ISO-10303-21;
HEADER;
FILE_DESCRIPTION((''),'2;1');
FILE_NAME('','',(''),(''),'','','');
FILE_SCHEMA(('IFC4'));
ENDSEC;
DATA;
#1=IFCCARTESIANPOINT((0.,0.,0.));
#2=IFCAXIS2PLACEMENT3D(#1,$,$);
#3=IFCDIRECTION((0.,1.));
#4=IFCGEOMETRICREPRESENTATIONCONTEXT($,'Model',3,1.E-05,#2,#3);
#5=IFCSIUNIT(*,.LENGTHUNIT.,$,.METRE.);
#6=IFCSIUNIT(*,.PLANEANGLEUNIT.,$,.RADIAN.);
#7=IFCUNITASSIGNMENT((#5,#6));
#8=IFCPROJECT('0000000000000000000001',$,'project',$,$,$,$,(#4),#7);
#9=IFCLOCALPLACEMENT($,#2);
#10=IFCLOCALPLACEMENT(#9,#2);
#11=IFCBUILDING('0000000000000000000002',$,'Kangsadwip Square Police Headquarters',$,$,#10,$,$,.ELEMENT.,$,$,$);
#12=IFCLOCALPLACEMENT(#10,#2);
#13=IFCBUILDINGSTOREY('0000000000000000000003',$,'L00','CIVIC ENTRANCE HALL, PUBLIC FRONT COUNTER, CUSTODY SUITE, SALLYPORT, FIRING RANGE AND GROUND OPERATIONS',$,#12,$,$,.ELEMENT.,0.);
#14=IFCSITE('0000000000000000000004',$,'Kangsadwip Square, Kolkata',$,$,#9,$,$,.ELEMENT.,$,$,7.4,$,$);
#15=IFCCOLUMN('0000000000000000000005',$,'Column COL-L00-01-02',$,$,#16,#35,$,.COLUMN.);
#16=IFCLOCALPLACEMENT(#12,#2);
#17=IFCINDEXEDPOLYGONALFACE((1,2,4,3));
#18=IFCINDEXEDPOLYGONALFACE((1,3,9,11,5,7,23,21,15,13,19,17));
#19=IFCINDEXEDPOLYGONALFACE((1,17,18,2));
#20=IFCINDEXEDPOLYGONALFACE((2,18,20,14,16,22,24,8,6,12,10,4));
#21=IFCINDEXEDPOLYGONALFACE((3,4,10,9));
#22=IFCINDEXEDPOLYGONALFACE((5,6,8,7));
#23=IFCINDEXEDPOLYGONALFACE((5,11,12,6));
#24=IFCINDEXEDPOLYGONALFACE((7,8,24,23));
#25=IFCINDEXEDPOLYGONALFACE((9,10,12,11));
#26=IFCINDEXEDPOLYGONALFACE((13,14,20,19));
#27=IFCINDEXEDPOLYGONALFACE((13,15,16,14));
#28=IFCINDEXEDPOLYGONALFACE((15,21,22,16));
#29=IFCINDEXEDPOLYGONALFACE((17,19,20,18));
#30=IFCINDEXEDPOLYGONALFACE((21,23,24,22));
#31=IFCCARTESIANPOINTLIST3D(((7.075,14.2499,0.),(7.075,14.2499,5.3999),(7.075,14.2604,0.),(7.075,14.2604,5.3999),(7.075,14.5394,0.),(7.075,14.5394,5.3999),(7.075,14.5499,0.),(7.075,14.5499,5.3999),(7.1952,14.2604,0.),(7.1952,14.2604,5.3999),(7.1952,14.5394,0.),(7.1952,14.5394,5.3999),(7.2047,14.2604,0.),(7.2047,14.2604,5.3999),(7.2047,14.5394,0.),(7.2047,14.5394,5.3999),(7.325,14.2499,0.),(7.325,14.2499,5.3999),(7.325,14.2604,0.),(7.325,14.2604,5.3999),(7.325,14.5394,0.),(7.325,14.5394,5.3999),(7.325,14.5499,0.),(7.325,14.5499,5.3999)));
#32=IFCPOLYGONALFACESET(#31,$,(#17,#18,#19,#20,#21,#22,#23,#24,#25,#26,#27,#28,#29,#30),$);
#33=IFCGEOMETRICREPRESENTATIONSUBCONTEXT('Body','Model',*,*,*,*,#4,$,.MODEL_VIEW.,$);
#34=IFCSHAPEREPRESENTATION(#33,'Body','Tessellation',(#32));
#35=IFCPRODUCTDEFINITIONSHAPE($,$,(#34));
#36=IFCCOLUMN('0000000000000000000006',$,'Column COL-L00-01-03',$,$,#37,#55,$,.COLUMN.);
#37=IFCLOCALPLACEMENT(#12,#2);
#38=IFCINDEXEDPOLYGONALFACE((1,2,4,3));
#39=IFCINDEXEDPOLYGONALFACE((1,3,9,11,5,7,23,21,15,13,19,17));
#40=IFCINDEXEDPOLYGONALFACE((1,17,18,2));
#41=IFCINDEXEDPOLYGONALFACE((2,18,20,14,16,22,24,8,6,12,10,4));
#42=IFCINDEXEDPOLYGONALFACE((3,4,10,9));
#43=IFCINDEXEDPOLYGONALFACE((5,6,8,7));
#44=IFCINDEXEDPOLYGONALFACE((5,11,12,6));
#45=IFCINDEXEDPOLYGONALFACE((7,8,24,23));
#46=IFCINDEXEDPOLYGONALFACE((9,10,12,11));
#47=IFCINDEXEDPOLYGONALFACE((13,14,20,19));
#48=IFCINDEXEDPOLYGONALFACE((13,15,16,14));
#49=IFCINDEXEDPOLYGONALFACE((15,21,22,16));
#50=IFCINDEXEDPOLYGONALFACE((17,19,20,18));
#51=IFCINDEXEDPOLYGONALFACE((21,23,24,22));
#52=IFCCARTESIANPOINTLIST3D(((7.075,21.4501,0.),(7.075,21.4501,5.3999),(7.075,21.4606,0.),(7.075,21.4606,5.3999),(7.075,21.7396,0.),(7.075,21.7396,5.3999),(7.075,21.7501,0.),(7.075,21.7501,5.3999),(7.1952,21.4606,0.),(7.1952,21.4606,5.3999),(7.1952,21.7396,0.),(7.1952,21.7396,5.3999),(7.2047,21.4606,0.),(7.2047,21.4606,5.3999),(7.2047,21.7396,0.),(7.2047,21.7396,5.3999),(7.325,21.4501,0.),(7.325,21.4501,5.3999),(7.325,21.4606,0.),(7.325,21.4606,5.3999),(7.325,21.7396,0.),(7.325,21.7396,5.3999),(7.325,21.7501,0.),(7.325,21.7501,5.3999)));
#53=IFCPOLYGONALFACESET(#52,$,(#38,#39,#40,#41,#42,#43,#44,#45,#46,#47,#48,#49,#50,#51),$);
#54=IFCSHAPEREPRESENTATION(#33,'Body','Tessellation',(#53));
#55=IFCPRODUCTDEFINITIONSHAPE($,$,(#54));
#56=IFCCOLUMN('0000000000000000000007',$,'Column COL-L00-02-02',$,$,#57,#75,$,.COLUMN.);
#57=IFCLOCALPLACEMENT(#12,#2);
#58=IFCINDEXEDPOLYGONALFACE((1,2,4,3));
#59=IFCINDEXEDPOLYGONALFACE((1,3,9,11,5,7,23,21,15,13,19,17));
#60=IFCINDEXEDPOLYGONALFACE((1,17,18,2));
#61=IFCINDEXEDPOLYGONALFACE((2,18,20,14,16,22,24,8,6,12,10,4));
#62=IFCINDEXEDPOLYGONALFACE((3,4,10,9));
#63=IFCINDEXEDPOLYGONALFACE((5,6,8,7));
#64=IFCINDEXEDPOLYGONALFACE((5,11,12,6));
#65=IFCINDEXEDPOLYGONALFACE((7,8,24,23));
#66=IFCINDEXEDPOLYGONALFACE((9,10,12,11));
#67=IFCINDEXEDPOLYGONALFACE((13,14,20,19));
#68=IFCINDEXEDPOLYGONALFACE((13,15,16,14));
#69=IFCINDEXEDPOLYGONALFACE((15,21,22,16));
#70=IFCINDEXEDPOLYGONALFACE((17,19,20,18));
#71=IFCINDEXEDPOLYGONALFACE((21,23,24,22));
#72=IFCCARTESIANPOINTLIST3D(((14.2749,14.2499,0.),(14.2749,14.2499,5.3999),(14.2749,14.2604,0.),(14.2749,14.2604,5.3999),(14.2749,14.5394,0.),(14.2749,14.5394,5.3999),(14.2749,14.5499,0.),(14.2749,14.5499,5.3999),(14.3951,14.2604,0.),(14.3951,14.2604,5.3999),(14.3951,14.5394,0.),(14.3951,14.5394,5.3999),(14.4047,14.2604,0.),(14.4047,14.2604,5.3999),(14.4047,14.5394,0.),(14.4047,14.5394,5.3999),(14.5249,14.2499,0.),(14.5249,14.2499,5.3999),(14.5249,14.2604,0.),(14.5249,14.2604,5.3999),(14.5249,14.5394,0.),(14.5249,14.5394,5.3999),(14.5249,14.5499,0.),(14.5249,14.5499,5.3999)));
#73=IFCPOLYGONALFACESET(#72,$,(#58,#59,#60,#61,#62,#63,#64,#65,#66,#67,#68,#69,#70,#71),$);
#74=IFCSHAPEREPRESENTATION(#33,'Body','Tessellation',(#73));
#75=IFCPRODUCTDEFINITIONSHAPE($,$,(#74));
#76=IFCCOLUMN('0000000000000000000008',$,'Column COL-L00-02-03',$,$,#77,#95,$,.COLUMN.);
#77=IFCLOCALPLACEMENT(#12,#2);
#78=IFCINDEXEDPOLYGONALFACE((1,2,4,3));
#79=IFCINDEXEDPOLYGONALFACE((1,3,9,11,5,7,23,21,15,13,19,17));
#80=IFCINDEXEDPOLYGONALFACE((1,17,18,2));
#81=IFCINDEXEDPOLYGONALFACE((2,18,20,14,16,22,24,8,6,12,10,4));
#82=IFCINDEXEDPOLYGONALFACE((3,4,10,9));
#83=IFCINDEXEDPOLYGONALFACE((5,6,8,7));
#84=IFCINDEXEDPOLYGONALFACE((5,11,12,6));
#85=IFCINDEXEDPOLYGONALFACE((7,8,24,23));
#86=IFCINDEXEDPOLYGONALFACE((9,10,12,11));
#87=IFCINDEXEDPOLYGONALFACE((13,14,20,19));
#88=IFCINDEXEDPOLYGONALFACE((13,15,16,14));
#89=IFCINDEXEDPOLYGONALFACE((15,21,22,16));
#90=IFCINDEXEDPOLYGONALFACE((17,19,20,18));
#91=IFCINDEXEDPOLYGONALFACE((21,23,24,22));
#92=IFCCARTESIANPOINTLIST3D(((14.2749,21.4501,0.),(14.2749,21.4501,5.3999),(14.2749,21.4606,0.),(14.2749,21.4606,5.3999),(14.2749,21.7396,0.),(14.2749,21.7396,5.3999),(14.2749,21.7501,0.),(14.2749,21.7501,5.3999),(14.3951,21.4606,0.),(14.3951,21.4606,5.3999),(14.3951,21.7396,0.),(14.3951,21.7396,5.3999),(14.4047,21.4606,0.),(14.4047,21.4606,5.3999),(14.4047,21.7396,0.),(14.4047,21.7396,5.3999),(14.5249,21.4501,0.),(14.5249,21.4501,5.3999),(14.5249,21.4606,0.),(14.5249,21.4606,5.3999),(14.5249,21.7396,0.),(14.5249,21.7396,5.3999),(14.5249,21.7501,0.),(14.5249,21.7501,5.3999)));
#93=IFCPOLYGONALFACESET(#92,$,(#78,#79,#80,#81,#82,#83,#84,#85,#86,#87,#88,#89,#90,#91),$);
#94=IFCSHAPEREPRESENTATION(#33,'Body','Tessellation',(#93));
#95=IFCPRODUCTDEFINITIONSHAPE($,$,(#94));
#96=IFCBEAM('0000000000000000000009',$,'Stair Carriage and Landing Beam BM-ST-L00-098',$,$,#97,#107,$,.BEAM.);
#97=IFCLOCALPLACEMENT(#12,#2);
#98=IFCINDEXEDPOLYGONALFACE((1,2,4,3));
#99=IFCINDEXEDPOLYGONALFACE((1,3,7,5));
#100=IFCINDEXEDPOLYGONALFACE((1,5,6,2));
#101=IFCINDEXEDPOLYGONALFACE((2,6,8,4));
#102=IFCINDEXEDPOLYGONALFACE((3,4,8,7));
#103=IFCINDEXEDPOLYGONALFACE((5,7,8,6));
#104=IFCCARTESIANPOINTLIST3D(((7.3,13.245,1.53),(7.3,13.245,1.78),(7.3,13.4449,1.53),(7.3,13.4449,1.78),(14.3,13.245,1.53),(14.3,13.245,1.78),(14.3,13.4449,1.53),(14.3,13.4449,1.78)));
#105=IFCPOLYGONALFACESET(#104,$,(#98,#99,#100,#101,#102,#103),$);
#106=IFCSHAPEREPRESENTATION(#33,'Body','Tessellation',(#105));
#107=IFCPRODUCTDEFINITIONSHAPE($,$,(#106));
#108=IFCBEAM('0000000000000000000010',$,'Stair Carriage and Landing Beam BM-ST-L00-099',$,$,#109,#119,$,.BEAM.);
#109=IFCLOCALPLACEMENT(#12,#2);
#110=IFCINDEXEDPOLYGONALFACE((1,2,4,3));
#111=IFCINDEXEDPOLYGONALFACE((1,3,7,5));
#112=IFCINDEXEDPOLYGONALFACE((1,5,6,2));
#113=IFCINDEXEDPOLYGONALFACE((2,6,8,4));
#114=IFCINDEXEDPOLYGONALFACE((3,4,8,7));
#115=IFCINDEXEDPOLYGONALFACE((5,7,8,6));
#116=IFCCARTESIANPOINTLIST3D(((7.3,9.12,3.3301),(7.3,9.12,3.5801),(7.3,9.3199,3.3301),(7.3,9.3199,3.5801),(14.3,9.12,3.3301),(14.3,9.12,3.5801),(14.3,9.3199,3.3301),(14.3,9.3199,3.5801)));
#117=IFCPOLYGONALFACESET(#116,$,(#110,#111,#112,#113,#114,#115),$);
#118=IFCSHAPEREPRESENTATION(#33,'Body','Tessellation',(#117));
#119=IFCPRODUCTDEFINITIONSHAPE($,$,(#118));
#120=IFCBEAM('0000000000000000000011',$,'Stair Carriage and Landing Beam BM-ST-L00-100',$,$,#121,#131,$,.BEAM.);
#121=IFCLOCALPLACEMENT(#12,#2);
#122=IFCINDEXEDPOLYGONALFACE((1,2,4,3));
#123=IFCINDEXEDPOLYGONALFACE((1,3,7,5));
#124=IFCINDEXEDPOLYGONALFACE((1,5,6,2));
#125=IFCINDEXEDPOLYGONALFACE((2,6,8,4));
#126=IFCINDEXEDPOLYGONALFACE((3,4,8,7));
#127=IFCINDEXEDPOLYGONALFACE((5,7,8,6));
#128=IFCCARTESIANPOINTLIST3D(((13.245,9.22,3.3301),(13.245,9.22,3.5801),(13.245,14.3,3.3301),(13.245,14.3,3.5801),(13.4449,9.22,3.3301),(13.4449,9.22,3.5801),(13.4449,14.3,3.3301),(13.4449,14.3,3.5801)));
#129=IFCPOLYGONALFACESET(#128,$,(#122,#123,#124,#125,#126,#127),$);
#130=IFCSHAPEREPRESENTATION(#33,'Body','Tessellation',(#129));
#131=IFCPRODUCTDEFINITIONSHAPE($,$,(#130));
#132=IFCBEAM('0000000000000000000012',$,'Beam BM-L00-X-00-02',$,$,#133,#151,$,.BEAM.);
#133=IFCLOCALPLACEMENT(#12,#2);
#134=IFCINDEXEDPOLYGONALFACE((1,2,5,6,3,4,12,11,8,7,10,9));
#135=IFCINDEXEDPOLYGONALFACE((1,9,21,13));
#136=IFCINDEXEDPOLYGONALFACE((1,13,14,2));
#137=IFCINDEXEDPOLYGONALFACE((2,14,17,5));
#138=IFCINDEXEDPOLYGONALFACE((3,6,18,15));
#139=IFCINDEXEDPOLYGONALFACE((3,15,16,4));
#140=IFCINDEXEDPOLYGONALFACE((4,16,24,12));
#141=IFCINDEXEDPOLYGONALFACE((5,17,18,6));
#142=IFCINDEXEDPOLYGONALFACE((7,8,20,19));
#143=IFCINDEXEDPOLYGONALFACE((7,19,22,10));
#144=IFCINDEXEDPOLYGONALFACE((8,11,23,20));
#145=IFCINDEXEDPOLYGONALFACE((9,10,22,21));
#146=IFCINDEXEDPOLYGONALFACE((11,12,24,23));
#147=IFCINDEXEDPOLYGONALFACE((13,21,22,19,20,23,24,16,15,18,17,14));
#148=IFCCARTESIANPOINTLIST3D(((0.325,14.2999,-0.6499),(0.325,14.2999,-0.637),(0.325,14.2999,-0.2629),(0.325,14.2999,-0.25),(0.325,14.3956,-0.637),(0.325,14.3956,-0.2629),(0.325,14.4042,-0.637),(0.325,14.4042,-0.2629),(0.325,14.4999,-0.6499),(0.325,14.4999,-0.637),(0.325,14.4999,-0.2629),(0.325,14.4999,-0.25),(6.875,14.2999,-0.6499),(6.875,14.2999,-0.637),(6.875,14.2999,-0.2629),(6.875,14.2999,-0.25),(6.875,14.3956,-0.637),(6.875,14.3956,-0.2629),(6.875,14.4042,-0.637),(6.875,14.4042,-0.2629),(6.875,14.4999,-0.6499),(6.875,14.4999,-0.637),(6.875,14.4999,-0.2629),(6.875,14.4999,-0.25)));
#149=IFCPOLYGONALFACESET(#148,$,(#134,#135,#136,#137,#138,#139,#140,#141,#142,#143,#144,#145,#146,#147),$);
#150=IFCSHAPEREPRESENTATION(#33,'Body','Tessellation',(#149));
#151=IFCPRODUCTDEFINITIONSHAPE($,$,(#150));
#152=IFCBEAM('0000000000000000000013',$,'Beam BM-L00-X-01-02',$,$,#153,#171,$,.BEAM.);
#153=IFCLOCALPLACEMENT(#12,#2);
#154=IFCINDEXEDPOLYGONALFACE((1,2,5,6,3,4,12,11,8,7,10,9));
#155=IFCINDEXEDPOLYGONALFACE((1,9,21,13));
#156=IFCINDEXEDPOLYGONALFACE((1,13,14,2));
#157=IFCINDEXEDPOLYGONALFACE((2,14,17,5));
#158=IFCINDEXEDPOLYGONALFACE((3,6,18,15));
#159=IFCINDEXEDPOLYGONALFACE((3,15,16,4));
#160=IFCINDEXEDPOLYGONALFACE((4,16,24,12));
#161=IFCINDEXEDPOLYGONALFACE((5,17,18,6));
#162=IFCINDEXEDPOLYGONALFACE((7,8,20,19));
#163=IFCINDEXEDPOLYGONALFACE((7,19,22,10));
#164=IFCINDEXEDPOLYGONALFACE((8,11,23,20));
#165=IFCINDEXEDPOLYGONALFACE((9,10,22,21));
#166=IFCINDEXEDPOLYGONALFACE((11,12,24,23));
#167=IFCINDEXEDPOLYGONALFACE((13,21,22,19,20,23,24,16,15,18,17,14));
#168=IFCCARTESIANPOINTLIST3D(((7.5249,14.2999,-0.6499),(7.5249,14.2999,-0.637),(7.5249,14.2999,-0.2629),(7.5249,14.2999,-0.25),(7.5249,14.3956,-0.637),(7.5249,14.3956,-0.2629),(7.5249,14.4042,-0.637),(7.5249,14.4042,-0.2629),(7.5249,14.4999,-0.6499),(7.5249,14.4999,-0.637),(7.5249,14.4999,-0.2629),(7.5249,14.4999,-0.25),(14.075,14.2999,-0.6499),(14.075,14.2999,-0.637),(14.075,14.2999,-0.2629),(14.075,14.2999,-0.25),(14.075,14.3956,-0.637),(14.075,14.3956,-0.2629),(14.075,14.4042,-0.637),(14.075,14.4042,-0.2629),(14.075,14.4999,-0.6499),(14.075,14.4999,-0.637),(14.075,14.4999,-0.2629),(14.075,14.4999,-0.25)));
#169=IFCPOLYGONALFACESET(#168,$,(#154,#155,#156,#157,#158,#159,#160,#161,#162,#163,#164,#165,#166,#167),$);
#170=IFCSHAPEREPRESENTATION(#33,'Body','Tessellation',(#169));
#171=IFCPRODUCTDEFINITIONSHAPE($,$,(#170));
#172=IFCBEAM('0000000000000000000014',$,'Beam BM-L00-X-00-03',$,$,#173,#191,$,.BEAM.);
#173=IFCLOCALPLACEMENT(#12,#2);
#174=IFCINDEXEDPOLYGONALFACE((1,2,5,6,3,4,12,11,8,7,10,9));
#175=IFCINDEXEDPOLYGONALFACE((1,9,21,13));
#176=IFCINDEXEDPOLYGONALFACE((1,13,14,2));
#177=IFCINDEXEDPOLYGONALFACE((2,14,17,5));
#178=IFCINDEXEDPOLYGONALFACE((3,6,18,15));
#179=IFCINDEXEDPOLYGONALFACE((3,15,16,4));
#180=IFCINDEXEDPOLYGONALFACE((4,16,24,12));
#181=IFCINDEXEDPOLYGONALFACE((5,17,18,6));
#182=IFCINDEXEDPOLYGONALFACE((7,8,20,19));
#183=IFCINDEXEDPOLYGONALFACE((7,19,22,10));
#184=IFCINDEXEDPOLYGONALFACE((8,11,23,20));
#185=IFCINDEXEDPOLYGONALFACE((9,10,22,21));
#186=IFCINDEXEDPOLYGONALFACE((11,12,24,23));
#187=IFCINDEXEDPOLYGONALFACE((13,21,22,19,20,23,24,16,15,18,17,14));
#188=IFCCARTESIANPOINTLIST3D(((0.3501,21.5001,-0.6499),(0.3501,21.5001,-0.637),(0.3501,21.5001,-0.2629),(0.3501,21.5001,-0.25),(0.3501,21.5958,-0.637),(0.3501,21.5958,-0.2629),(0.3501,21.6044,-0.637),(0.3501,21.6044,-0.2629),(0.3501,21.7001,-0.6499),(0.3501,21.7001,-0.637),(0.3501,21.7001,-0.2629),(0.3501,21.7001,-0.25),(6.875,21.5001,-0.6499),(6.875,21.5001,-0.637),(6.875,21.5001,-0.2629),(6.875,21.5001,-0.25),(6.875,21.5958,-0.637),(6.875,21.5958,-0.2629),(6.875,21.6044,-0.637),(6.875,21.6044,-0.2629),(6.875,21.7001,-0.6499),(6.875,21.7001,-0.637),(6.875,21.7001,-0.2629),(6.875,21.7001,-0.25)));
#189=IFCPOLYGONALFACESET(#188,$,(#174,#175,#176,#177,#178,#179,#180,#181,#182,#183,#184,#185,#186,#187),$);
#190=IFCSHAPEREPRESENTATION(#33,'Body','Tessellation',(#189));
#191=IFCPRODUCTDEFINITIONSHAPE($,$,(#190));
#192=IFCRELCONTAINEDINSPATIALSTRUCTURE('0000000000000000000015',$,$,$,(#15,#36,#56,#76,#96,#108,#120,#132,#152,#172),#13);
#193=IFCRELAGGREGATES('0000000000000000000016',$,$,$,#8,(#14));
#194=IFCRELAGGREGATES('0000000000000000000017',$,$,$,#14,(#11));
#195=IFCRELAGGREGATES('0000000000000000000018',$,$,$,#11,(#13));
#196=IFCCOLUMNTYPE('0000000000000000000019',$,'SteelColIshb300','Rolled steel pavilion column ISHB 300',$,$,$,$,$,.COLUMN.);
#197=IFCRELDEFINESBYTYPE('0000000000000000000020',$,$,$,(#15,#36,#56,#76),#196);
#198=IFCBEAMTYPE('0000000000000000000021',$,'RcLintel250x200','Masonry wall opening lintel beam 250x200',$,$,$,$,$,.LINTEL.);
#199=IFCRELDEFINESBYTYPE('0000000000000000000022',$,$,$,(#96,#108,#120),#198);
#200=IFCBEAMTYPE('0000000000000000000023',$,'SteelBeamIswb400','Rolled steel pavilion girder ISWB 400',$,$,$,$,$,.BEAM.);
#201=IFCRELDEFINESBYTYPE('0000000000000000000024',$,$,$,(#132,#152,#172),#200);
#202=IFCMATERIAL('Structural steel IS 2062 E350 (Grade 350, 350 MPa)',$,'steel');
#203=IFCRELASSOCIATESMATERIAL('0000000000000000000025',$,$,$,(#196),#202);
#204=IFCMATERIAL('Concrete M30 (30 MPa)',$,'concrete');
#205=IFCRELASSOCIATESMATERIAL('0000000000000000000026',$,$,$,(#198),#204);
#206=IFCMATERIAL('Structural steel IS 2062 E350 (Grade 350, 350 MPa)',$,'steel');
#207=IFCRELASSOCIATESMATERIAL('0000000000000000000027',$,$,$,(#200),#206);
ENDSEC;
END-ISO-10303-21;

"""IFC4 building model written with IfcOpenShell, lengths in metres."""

from ifc_helpers import new_model, si_unit, direction, frame, origin, origin_2d, place, context, subcontext, project, spatial, rectangle, i_section, extrude, material, material_profile, profile_set, type_object, element, save


model = new_model("IFC4")

# Units and contexts
model_context = context("Model", 3, precision=1e-05, world=origin(), true_north=direction((0.0, 1.0)))
body_context = subcontext(model_context, "Body", "Model", "MODEL_VIEW")
ifc_project = project(units=[si_unit("LENGTHUNIT", "METRE"), si_unit("PLANEANGLEUNIT", "RADIAN")], contexts=[model_context])

# Site, building, storey
site_placement = place(None, origin())
site = spatial("IfcSite", under=ifc_project, at=site_placement, Name="Kangsadwip Square, Kolkata", CompositionType="ELEMENT", RefElevation=7.4)
building_placement = place(site_placement, origin())
building = spatial("IfcBuilding", under=site, at=building_placement, Name="Kangsadwip Square Police Headquarters", CompositionType="ELEMENT")
storey_placement = place(building_placement, origin())
storey = spatial("IfcBuildingStorey", under=building, at=storey_placement, Name="L00", Description="CIVIC ENTRANCE HALL, PUBLIC FRONT COUNTER, CUSTODY SUITE, SALLYPORT, FIRING RANGE AND GROUND OPERATIONS", CompositionType="ELEMENT", Elevation=0.0)

# Columns
ifc_material_1 = material(Name="Structural steel IS 2062 E350 (Grade 350, 350 MPa)", Category="steel")
ifc_material_profile_1 = material_profile(ifc_material_1, i_section(OverallWidth=0.25, OverallDepth=0.3, WebThickness=0.0095, FlangeThickness=0.0105, at=origin_2d()), Name="ISHB 300")
ifc_profile_set_1 = profile_set([ifc_material_profile_1], Name="Structural steel IS 2062 E350 (Grade 350, 350 MPa)")
column_type = type_object("IfcColumnType", Name="SteelColIshb300", Description="Rolled steel pavilion column ISHB 300", PredefinedType="COLUMN", material=ifc_profile_set_1)
for number, where, z_axis, x_axis, name in (
    (1, (7.2, 14.3999, 0.0), (0.0, 0.0, 1.0), (1.0, 0.0, 0.0), "Column COL-L00-01-02"),
    (2, (7.2, 21.6001, 0.0), (0.0, 0.0, 1.0), (1.0, 0.0, 0.0), "Column COL-L00-01-03"),
    (3, (14.3999, 14.3999, 0.0), (0.0, 0.0, 1.0), (1.0, 0.0, 0.0), "Column COL-L00-02-02"),
    (4, (14.3999, 21.6001, 0.0), (0.0, 0.0, 1.0), (1.0, 0.0, 0.0), "Column COL-L00-02-03"),
):
    element("IfcColumn", number, at=place(storey_placement, frame(where, z_axis=z_axis, x_axis=x_axis)), inside=storey, type_object=column_type, Name=name, PredefinedType="COLUMN", context=body_context, shape_type="SweptSolid", body=[
        extrude(i_section(OverallWidth=0.25, OverallDepth=0.3, WebThickness=0.0095, FlangeThickness=0.0105, at=origin_2d()), origin(), (0.0, 0.0, 1.0), 5.3999),
    ])

# Beams
ifc_material_2 = material(Name="Concrete M30 (30 MPa)", Category="concrete")
ifc_material_profile_2 = material_profile(ifc_material_2, rectangle(XDim=0.2, YDim=0.25, at=origin_2d()), Name="RC LNT 250X200")
ifc_profile_set_2 = profile_set([ifc_material_profile_2], Name="Concrete M30 (30 MPa)")
beam_type_1 = type_object("IfcBeamType", Name="RcLintel250x200", Description="Masonry wall opening lintel beam 250x200", PredefinedType="LINTEL", material=ifc_profile_set_2)
for number, where, z_axis, x_axis, name in (
    (5, (7.3, 13.345, 1.655), (1.0, 0.0, 0.0), (0.0, 1.0, 0.0), "Stair Carriage and Landing Beam BM-ST-L00-098"),
    (6, (7.3, 9.22, 3.4551), (1.0, 0.0, 0.0), (0.0, 1.0, 0.0), "Stair Carriage and Landing Beam BM-ST-L00-099"),
):
    element("IfcBeam", number, at=place(storey_placement, frame(where, z_axis=z_axis, x_axis=x_axis)), inside=storey, type_object=beam_type_1, Name=name, PredefinedType="BEAM", context=body_context, shape_type="SweptSolid", body=[
        extrude(rectangle(XDim=0.2, YDim=0.25, at=origin_2d()), origin(), (0.0, 0.0, 1.0), 7.0),
    ])
beam_1_placement = place(storey_placement, frame((13.345, 9.22, 3.4551), z_axis=(0.0, 1.0, 0.0), x_axis=(-1.0, 0.0, 0.0)))
element("IfcBeam", 7, at=beam_1_placement, inside=storey, type_object=beam_type_1, Name="Stair Carriage and Landing Beam BM-ST-L00-100", PredefinedType="BEAM", context=body_context, shape_type="SweptSolid", body=[
    extrude(rectangle(XDim=0.2, YDim=0.25, at=origin_2d()), origin(), (0.0, 0.0, 1.0), 5.0801),
])
ifc_material_3 = material(Name="Structural steel IS 2062 E350 (Grade 350, 350 MPa)", Category="steel")
ifc_material_profile_3 = material_profile(ifc_material_3, i_section(OverallWidth=0.2, OverallDepth=0.3999, WebThickness=0.0085, FlangeThickness=0.0129, at=origin_2d()), Name="ISWB 400")
ifc_profile_set_3 = profile_set([ifc_material_profile_3], Name="Structural steel IS 2062 E350 (Grade 350, 350 MPa)")
beam_type_2 = type_object("IfcBeamType", Name="SteelBeamIswb400", Description="Rolled steel pavilion girder ISWB 400", PredefinedType="BEAM", material=ifc_profile_set_3)
for number, where, z_axis, x_axis, name in (
    (8, (0.325, 14.3999, -0.45), (1.0, 0.0, 0.0), (0.0, 1.0, 0.0), "Beam BM-L00-X-00-02"),
    (9, (7.5249, 14.3999, -0.45), (1.0, 0.0, 0.0), (0.0, 1.0, 0.0), "Beam BM-L00-X-01-02"),
):
    element("IfcBeam", number, at=place(storey_placement, frame(where, z_axis=z_axis, x_axis=x_axis)), inside=storey, type_object=beam_type_2, Name=name, PredefinedType="BEAM", context=body_context, shape_type="SweptSolid", body=[
        extrude(i_section(OverallWidth=0.2, OverallDepth=0.3999, WebThickness=0.0085, FlangeThickness=0.0129, at=origin_2d()), origin(), (0.0, 0.0, 1.0), 6.55),
    ])
beam_2_placement = place(storey_placement, frame((0.3501, 21.6001, -0.45), z_axis=(1.0, 0.0, 0.0), x_axis=(0.0, 1.0, 0.0)))
element("IfcBeam", 10, at=beam_2_placement, inside=storey, type_object=beam_type_2, Name="Beam BM-L00-X-00-03", PredefinedType="BEAM", context=body_context, shape_type="SweptSolid", body=[
    extrude(i_section(OverallWidth=0.2, OverallDepth=0.3999, WebThickness=0.0085, FlangeThickness=0.0129, at=origin_2d()), origin(), (0.0, 0.0, 1.0), 6.5249),
])

save(model, "model.ifc")
